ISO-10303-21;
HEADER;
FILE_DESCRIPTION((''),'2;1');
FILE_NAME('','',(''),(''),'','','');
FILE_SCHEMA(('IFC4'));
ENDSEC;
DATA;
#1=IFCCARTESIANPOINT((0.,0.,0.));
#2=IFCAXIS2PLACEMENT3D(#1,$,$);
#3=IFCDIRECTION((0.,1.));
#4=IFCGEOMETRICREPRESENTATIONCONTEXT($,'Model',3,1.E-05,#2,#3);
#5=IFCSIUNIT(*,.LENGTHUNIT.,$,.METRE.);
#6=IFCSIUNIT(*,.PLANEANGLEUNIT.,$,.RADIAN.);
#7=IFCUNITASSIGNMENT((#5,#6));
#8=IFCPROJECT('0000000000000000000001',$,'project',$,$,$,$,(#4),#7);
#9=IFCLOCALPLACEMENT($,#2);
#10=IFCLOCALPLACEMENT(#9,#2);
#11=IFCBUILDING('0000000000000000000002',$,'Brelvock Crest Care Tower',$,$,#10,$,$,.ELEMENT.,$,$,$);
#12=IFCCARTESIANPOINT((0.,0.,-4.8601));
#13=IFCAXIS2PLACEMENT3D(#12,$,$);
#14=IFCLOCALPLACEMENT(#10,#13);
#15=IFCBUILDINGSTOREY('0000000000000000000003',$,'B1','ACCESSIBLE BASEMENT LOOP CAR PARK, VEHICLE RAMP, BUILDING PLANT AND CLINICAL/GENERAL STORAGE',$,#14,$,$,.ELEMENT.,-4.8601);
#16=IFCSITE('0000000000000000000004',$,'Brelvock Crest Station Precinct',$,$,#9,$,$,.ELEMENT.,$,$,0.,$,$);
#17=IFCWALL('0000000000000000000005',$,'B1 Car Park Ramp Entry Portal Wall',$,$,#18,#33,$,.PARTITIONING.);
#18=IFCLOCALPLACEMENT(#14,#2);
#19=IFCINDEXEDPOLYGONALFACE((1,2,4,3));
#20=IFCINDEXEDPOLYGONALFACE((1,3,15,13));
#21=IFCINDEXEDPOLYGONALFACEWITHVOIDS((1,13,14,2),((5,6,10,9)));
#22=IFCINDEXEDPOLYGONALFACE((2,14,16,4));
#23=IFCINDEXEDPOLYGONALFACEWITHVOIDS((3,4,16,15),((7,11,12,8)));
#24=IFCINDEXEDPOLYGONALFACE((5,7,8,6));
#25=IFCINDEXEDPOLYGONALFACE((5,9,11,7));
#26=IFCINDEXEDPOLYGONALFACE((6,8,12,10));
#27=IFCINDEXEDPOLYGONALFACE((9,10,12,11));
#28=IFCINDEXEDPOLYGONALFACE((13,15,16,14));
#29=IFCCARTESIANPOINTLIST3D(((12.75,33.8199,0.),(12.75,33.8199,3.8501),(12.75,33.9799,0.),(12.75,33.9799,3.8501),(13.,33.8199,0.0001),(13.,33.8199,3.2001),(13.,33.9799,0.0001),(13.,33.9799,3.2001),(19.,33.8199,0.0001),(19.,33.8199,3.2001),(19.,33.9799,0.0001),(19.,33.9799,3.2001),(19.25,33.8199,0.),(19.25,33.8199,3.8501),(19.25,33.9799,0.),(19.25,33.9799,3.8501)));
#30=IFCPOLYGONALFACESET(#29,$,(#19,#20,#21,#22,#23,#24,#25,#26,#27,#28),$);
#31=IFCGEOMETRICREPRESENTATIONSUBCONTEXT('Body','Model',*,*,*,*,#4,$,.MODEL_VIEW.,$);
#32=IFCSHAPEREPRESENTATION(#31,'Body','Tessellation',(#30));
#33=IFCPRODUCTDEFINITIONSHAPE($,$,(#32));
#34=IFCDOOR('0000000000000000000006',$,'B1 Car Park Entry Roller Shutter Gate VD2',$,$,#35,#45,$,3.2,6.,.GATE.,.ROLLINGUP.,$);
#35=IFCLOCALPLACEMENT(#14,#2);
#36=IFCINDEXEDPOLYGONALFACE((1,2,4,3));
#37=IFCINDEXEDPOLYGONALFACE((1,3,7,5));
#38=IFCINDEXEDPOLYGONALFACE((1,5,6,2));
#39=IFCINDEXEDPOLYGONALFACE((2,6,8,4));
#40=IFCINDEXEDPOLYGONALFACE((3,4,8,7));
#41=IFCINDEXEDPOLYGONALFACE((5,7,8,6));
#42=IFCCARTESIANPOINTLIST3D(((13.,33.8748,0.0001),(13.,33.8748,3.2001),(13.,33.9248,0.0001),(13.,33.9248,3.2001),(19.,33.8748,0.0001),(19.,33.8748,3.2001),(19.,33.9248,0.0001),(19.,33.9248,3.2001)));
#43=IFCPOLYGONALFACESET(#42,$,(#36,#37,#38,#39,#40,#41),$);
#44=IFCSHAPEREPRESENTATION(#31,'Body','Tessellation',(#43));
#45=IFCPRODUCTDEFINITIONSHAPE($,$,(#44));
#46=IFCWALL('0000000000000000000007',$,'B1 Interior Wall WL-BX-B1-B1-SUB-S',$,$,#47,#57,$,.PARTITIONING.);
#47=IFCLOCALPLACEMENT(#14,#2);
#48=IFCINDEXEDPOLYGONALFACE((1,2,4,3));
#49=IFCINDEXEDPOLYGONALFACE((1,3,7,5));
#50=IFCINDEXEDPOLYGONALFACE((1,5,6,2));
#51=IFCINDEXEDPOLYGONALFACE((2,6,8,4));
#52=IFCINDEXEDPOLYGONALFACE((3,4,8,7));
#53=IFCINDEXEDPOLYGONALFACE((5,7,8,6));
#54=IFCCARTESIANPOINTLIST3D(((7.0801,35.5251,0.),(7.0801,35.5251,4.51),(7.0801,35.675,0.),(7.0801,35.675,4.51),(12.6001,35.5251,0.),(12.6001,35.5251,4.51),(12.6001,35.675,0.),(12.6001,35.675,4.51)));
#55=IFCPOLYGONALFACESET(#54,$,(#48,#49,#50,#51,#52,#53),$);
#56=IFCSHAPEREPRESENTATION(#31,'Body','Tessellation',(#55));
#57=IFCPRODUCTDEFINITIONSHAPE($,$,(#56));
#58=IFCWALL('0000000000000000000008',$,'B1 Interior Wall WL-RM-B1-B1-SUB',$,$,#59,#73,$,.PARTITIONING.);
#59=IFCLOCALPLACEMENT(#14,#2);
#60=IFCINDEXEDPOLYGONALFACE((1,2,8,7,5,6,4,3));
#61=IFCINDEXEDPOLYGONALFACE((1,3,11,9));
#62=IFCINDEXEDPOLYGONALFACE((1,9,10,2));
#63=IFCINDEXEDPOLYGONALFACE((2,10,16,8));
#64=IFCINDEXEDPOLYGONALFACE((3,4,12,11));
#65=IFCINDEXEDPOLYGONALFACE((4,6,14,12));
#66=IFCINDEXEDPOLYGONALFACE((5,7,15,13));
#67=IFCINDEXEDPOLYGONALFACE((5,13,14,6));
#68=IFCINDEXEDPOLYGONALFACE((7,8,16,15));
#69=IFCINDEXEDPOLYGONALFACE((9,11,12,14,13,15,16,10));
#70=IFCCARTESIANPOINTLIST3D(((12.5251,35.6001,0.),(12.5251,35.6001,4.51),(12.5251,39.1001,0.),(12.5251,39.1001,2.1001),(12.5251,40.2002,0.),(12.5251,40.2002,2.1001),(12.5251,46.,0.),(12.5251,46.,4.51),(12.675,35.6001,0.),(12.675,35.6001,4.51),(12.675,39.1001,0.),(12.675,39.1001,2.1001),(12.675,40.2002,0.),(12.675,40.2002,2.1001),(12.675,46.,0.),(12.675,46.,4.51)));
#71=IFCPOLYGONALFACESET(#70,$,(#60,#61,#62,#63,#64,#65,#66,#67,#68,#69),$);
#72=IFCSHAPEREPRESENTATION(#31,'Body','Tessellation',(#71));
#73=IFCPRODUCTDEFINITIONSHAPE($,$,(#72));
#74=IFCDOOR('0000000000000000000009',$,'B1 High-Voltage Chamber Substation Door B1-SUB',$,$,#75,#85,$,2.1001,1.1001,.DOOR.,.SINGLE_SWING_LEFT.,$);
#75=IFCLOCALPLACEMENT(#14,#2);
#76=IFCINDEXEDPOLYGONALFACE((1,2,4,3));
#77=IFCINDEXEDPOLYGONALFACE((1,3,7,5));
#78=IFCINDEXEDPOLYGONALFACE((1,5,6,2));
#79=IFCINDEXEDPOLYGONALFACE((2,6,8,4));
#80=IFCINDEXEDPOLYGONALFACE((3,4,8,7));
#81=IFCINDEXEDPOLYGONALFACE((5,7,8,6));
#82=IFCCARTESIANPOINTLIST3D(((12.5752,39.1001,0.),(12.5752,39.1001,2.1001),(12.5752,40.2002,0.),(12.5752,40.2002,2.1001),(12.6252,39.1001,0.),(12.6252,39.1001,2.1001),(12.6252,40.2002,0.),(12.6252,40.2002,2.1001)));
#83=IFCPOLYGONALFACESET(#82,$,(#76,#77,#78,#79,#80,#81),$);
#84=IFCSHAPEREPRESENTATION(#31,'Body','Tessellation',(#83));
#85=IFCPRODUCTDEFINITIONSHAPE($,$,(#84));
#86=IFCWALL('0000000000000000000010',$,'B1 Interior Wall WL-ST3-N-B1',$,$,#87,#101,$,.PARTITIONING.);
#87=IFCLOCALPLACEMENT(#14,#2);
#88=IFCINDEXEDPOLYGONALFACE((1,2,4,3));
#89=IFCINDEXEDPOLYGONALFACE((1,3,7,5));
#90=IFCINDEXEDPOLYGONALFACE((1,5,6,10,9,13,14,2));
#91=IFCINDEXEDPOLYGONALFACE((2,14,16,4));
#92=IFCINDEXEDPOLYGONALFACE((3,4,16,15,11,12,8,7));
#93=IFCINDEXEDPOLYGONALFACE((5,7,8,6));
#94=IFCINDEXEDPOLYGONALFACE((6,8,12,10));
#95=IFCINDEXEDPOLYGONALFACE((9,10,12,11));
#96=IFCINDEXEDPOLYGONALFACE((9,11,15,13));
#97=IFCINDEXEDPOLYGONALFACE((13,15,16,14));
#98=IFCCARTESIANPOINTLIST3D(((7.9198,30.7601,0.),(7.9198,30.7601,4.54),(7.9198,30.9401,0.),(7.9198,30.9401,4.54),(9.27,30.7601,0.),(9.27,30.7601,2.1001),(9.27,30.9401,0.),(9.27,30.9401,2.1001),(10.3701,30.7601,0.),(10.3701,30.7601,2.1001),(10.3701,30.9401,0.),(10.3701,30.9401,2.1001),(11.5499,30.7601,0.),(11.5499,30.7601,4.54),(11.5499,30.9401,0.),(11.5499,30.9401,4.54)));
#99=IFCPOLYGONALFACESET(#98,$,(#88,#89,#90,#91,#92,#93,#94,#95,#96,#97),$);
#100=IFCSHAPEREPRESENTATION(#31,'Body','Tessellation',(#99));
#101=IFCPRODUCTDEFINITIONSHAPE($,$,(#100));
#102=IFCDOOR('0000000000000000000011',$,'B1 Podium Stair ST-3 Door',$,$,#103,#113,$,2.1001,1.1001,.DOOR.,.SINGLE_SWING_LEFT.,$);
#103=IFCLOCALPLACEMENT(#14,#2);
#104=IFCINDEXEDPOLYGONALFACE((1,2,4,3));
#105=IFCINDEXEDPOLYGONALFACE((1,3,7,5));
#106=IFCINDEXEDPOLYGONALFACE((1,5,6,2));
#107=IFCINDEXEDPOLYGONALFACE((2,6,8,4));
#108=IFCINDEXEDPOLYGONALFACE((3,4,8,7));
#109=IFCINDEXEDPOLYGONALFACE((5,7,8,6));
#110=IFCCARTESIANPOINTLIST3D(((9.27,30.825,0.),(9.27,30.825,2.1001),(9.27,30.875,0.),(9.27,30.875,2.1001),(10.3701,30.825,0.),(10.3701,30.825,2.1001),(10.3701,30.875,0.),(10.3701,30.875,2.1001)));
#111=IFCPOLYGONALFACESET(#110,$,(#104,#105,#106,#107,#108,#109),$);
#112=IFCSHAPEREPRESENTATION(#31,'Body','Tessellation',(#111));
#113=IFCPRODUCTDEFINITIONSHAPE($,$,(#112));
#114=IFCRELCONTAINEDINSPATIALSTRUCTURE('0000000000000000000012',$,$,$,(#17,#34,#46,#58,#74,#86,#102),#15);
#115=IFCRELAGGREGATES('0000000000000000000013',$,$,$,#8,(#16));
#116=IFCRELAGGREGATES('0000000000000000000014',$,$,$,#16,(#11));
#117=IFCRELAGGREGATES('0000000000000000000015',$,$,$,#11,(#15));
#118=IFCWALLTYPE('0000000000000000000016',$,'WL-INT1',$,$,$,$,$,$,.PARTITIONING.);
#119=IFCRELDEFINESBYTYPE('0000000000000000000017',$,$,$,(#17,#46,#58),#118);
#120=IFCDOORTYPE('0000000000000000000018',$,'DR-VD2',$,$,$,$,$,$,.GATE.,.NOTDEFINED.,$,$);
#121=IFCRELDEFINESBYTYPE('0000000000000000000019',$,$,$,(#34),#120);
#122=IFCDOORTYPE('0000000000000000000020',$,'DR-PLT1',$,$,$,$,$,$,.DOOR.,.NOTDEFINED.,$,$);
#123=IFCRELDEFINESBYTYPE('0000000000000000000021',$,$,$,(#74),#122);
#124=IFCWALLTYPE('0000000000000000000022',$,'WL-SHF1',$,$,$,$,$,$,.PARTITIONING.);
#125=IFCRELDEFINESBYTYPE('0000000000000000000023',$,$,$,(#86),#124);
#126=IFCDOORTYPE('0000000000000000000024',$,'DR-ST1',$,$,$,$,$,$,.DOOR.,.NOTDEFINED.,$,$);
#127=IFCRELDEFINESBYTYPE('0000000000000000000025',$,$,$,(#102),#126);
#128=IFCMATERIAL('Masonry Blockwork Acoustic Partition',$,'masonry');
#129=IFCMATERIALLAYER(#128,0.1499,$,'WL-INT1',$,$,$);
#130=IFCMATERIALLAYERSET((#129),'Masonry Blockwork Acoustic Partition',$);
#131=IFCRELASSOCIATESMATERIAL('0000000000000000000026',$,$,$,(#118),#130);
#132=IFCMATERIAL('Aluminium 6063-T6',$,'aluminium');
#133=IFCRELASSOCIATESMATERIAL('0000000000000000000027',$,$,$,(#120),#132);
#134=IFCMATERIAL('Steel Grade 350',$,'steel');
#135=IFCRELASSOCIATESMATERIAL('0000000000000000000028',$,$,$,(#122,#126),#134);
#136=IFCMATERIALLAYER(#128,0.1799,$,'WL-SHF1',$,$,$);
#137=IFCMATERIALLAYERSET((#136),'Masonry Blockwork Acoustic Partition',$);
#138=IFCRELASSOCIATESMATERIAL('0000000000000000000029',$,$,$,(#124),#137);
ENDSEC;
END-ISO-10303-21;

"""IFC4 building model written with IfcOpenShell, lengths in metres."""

from ifc_helpers import new_model, si_unit, direction, frame, frame_2d, origin, origin_2d, place, context, subcontext, project, spatial, rectangle, extrude, source, transform, mapped, material, layer, layer_set, type_object, element, fill, save


model = new_model("IFC4")

# Units and contexts
model_context = context("Model", 3, precision=1e-05, world=origin(), true_north=direction((0.0, 1.0)))
body_context = subcontext(model_context, "Body", "Model", "MODEL_VIEW")
ifc_project = project(units=[si_unit("LENGTHUNIT", "METRE"), si_unit("PLANEANGLEUNIT", "RADIAN")], contexts=[model_context])

# Site, building, storey
site_placement = place(None, origin())
site = spatial("IfcSite", under=ifc_project, at=site_placement, Name="Brelvock Crest Station Precinct", CompositionType="ELEMENT", RefElevation=0.0)
building_placement = place(site_placement, origin())
building = spatial("IfcBuilding", under=site, at=building_placement, Name="Brelvock Crest Care Tower", CompositionType="ELEMENT")
storey_placement = place(building_placement, frame((0.0, 0.0, -4.8601)))
storey = spatial("IfcBuildingStorey", under=building, at=storey_placement, Name="B1", Description="ACCESSIBLE BASEMENT LOOP CAR PARK, VEHICLE RAMP, BUILDING PLANT AND CLINICAL/GENERAL STORAGE", CompositionType="ELEMENT", Elevation=-4.8601)

# Shared definitions
ifc_material_1 = material(Name="Steel Grade 350", Category="steel")

# Wall, opening, door
ifc_material_2 = material(Name="Masonry Blockwork Acoustic Partition", Category="masonry")
ifc_layer_1 = layer(ifc_material_2, 0.1499, Name="WL-INT1")
ifc_layer_set_1 = layer_set([ifc_layer_1], Name="Masonry Blockwork Acoustic Partition")
wall_type_1 = type_object("IfcWallType", Name="WL-INT1", PredefinedType="PARTITIONING", material=ifc_layer_set_1)
wall_1_placement = place(storey_placement, frame((12.75, 33.8999, 0.0), z_axis=(0.0, 0.0, 1.0), x_axis=(1.0, 0.0, 0.0)))
wall_1 = element("IfcWall", 1, at=wall_1_placement, inside=storey, type_object=wall_type_1, Name="B1 Car Park Ramp Entry Portal Wall", PredefinedType="PARTITIONING", context=body_context, shape_type="SweptSolid", body=[
    extrude(rectangle(XDim=6.5, YDim=0.1599, at=frame_2d((3.25, 0.0))), origin(), (0.0, 0.0, 1.0), 3.8501),
])
opening_1_placement = place(wall_1_placement, frame((0.25, 0.0, 0.0)))
opening_1 = element("IfcOpeningElement", 2, at=opening_1_placement, cuts=wall_1, PredefinedType="OPENING", context=body_context, shape_type="SweptSolid", body=[
    extrude(rectangle(XDim=6.0, YDim=3.2, at=origin_2d()), frame((3.0, 0.0898, 1.6001), z_axis=(0.0, -1.0, 0.0), x_axis=(1.0, 0.0, 0.0)), (0.0, 0.0, 1.0), 0.1799),
])
ifc_material_3 = material(Name="Aluminium 6063-T6", Category="aluminium")
door_type_1 = type_object("IfcDoorType", Name="DR-VD2", OperationType="NOTDEFINED", PredefinedType="GATE", material=ifc_material_3)
shared_shape_1 = source(origin(), body_context, "Body", "SweptSolid", [
    extrude(rectangle(XDim=6.0, YDim=3.2, at=origin_2d()), frame((3.0, 0.0249, 1.6001), z_axis=(0.0, -1.0, 0.0), x_axis=(1.0, 0.0, 0.0)), (0.0, 0.0, 1.0), 0.05),
])
door_1_placement = place(opening_1_placement, origin())
door_1 = element("IfcDoor", 3, at=door_1_placement, inside=storey, type_object=door_type_1, Name="B1 Car Park Entry Roller Shutter Gate VD2", OperationType="ROLLINGUP", OverallHeight=3.2, OverallWidth=6.0, PredefinedType="GATE", context=body_context, shape_type="MappedRepresentation", body=[
    mapped(shared_shape_1, transform((0.0, 0.0, 0.0), x_axis=(1.0, 0.0, 0.0), y_axis=(0.0, 1.0, 0.0), z_axis=(0.0, 0.0, 1.0), scale=1.0)),
])
fill(opening_1, door_1)

# Wall
wall_2_placement = place(storey_placement, frame((7.0801, 35.6001, 0.0), z_axis=(0.0, 0.0, 1.0), x_axis=(1.0, 0.0, 0.0)))
element("IfcWall", 4, at=wall_2_placement, inside=storey, type_object=wall_type_1, Name="B1 Interior Wall WL-BX-B1-B1-SUB-S", PredefinedType="PARTITIONING", context=body_context, shape_type="SweptSolid", body=[
    extrude(rectangle(XDim=5.52, YDim=0.1499, at=frame_2d((2.76, 0.0))), origin(), (0.0, 0.0, 1.0), 4.51),
])

# Walls, openings, doors
wall_3_placement = place(storey_placement, frame((12.6001, 35.6001, 0.0), z_axis=(0.0, 0.0, 1.0), x_axis=(0.0, 1.0, 0.0)))
wall_3 = element("IfcWall", 5, at=wall_3_placement, inside=storey, type_object=wall_type_1, Name="B1 Interior Wall WL-RM-B1-B1-SUB", PredefinedType="PARTITIONING", context=body_context, shape_type="SweptSolid", body=[
    extrude(rectangle(XDim=10.3999, YDim=0.1499, at=frame_2d((5.2, 0.0))), origin(), (0.0, 0.0, 1.0), 4.51),
])
opening_2_placement = place(wall_3_placement, frame((3.5, 0.0, 0.0)))
opening_2 = element("IfcOpeningElement", 6, at=opening_2_placement, cuts=wall_3, PredefinedType="OPENING", context=body_context, shape_type="SweptSolid", body=[
    extrude(rectangle(XDim=1.1001, YDim=2.1001, at=origin_2d()), frame((0.55, 0.085, 1.05), z_axis=(0.0, -1.0, 0.0), x_axis=(1.0, 0.0, 0.0)), (0.0, 0.0, 1.0), 0.1699),
])
door_type_2 = type_object("IfcDoorType", Name="DR-PLT1", OperationType="NOTDEFINED", PredefinedType="DOOR", material=ifc_material_1)
shared_shape_2 = source(origin(), body_context, "Body", "SweptSolid", [
    extrude(rectangle(XDim=1.1001, YDim=2.1001, at=origin_2d()), frame((0.55, 0.0249, 1.05), z_axis=(0.0, -1.0, 0.0), x_axis=(1.0, 0.0, 0.0)), (0.0, 0.0, 1.0), 0.05),
])
door_2_placement = place(opening_2_placement, origin())
door_2 = element("IfcDoor", 7, at=door_2_placement, inside=storey, type_object=door_type_2, Name="B1 High-Voltage Chamber Substation Door B1-SUB", OperationType="SINGLE_SWING_LEFT", OverallHeight=2.1001, OverallWidth=1.1001, PredefinedType="DOOR", context=body_context, shape_type="MappedRepresentation", body=[
    mapped(shared_shape_2, transform((0.0, 0.0, 0.0), x_axis=(1.0, 0.0, 0.0), y_axis=(0.0, 1.0, 0.0), z_axis=(0.0, 0.0, 1.0), scale=1.0)),
])
fill(opening_2, door_2)
ifc_layer_2 = layer(ifc_material_2, 0.1799, Name="WL-SHF1")
ifc_layer_set_2 = layer_set([ifc_layer_2], Name="Masonry Blockwork Acoustic Partition")
wall_type_2 = type_object("IfcWallType", Name="WL-SHF1", PredefinedType="PARTITIONING", material=ifc_layer_set_2)
wall_4_placement = place(storey_placement, frame((7.9199, 30.8501, 0.0), z_axis=(0.0, 0.0, 1.0), x_axis=(1.0, 0.0, 0.0)))
wall_4 = element("IfcWall", 8, at=wall_4_placement, inside=storey, type_object=wall_type_2, Name="B1 Interior Wall WL-ST3-N-B1", PredefinedType="PARTITIONING", context=body_context, shape_type="SweptSolid", body=[
    extrude(rectangle(XDim=3.6301, YDim=0.1799, at=frame_2d((1.8149, 0.0))), origin(), (0.0, 0.0, 1.0), 4.54),
])
opening_3_placement = place(wall_4_placement, frame((1.3501, 0.0, 0.0)))
opening_3 = element("IfcOpeningElement", 9, at=opening_3_placement, cuts=wall_4, PredefinedType="OPENING", context=body_context, shape_type="SweptSolid", body=[
    extrude(rectangle(XDim=1.1001, YDim=2.1001, at=origin_2d()), frame((0.55, 0.1001, 1.05), z_axis=(0.0, -1.0, 0.0), x_axis=(1.0, 0.0, 0.0)), (0.0, 0.0, 1.0), 0.2),
])
door_type_3 = type_object("IfcDoorType", Name="DR-ST1", OperationType="NOTDEFINED", PredefinedType="DOOR", material=ifc_material_1)
shared_shape_3 = source(origin(), body_context, "Body", "SweptSolid", [
    extrude(rectangle(XDim=1.1001, YDim=2.1001, at=origin_2d()), frame((0.55, 0.0249, 1.05), z_axis=(0.0, -1.0, 0.0), x_axis=(1.0, 0.0, 0.0)), (0.0, 0.0, 1.0), 0.05),
])
door_3_placement = place(opening_3_placement, origin())
door_3 = element("IfcDoor", 10, at=door_3_placement, inside=storey, type_object=door_type_3, Name="B1 Podium Stair ST-3 Door", OperationType="SINGLE_SWING_LEFT", OverallHeight=2.1001, OverallWidth=1.1001, PredefinedType="DOOR", context=body_context, shape_type="MappedRepresentation", body=[
    mapped(shared_shape_3, transform((0.0, 0.0, 0.0), x_axis=(1.0, 0.0, 0.0), y_axis=(0.0, 1.0, 0.0), z_axis=(0.0, 0.0, 1.0), scale=1.0)),
])
fill(opening_3, door_3)

save(model, "model.ifc")
